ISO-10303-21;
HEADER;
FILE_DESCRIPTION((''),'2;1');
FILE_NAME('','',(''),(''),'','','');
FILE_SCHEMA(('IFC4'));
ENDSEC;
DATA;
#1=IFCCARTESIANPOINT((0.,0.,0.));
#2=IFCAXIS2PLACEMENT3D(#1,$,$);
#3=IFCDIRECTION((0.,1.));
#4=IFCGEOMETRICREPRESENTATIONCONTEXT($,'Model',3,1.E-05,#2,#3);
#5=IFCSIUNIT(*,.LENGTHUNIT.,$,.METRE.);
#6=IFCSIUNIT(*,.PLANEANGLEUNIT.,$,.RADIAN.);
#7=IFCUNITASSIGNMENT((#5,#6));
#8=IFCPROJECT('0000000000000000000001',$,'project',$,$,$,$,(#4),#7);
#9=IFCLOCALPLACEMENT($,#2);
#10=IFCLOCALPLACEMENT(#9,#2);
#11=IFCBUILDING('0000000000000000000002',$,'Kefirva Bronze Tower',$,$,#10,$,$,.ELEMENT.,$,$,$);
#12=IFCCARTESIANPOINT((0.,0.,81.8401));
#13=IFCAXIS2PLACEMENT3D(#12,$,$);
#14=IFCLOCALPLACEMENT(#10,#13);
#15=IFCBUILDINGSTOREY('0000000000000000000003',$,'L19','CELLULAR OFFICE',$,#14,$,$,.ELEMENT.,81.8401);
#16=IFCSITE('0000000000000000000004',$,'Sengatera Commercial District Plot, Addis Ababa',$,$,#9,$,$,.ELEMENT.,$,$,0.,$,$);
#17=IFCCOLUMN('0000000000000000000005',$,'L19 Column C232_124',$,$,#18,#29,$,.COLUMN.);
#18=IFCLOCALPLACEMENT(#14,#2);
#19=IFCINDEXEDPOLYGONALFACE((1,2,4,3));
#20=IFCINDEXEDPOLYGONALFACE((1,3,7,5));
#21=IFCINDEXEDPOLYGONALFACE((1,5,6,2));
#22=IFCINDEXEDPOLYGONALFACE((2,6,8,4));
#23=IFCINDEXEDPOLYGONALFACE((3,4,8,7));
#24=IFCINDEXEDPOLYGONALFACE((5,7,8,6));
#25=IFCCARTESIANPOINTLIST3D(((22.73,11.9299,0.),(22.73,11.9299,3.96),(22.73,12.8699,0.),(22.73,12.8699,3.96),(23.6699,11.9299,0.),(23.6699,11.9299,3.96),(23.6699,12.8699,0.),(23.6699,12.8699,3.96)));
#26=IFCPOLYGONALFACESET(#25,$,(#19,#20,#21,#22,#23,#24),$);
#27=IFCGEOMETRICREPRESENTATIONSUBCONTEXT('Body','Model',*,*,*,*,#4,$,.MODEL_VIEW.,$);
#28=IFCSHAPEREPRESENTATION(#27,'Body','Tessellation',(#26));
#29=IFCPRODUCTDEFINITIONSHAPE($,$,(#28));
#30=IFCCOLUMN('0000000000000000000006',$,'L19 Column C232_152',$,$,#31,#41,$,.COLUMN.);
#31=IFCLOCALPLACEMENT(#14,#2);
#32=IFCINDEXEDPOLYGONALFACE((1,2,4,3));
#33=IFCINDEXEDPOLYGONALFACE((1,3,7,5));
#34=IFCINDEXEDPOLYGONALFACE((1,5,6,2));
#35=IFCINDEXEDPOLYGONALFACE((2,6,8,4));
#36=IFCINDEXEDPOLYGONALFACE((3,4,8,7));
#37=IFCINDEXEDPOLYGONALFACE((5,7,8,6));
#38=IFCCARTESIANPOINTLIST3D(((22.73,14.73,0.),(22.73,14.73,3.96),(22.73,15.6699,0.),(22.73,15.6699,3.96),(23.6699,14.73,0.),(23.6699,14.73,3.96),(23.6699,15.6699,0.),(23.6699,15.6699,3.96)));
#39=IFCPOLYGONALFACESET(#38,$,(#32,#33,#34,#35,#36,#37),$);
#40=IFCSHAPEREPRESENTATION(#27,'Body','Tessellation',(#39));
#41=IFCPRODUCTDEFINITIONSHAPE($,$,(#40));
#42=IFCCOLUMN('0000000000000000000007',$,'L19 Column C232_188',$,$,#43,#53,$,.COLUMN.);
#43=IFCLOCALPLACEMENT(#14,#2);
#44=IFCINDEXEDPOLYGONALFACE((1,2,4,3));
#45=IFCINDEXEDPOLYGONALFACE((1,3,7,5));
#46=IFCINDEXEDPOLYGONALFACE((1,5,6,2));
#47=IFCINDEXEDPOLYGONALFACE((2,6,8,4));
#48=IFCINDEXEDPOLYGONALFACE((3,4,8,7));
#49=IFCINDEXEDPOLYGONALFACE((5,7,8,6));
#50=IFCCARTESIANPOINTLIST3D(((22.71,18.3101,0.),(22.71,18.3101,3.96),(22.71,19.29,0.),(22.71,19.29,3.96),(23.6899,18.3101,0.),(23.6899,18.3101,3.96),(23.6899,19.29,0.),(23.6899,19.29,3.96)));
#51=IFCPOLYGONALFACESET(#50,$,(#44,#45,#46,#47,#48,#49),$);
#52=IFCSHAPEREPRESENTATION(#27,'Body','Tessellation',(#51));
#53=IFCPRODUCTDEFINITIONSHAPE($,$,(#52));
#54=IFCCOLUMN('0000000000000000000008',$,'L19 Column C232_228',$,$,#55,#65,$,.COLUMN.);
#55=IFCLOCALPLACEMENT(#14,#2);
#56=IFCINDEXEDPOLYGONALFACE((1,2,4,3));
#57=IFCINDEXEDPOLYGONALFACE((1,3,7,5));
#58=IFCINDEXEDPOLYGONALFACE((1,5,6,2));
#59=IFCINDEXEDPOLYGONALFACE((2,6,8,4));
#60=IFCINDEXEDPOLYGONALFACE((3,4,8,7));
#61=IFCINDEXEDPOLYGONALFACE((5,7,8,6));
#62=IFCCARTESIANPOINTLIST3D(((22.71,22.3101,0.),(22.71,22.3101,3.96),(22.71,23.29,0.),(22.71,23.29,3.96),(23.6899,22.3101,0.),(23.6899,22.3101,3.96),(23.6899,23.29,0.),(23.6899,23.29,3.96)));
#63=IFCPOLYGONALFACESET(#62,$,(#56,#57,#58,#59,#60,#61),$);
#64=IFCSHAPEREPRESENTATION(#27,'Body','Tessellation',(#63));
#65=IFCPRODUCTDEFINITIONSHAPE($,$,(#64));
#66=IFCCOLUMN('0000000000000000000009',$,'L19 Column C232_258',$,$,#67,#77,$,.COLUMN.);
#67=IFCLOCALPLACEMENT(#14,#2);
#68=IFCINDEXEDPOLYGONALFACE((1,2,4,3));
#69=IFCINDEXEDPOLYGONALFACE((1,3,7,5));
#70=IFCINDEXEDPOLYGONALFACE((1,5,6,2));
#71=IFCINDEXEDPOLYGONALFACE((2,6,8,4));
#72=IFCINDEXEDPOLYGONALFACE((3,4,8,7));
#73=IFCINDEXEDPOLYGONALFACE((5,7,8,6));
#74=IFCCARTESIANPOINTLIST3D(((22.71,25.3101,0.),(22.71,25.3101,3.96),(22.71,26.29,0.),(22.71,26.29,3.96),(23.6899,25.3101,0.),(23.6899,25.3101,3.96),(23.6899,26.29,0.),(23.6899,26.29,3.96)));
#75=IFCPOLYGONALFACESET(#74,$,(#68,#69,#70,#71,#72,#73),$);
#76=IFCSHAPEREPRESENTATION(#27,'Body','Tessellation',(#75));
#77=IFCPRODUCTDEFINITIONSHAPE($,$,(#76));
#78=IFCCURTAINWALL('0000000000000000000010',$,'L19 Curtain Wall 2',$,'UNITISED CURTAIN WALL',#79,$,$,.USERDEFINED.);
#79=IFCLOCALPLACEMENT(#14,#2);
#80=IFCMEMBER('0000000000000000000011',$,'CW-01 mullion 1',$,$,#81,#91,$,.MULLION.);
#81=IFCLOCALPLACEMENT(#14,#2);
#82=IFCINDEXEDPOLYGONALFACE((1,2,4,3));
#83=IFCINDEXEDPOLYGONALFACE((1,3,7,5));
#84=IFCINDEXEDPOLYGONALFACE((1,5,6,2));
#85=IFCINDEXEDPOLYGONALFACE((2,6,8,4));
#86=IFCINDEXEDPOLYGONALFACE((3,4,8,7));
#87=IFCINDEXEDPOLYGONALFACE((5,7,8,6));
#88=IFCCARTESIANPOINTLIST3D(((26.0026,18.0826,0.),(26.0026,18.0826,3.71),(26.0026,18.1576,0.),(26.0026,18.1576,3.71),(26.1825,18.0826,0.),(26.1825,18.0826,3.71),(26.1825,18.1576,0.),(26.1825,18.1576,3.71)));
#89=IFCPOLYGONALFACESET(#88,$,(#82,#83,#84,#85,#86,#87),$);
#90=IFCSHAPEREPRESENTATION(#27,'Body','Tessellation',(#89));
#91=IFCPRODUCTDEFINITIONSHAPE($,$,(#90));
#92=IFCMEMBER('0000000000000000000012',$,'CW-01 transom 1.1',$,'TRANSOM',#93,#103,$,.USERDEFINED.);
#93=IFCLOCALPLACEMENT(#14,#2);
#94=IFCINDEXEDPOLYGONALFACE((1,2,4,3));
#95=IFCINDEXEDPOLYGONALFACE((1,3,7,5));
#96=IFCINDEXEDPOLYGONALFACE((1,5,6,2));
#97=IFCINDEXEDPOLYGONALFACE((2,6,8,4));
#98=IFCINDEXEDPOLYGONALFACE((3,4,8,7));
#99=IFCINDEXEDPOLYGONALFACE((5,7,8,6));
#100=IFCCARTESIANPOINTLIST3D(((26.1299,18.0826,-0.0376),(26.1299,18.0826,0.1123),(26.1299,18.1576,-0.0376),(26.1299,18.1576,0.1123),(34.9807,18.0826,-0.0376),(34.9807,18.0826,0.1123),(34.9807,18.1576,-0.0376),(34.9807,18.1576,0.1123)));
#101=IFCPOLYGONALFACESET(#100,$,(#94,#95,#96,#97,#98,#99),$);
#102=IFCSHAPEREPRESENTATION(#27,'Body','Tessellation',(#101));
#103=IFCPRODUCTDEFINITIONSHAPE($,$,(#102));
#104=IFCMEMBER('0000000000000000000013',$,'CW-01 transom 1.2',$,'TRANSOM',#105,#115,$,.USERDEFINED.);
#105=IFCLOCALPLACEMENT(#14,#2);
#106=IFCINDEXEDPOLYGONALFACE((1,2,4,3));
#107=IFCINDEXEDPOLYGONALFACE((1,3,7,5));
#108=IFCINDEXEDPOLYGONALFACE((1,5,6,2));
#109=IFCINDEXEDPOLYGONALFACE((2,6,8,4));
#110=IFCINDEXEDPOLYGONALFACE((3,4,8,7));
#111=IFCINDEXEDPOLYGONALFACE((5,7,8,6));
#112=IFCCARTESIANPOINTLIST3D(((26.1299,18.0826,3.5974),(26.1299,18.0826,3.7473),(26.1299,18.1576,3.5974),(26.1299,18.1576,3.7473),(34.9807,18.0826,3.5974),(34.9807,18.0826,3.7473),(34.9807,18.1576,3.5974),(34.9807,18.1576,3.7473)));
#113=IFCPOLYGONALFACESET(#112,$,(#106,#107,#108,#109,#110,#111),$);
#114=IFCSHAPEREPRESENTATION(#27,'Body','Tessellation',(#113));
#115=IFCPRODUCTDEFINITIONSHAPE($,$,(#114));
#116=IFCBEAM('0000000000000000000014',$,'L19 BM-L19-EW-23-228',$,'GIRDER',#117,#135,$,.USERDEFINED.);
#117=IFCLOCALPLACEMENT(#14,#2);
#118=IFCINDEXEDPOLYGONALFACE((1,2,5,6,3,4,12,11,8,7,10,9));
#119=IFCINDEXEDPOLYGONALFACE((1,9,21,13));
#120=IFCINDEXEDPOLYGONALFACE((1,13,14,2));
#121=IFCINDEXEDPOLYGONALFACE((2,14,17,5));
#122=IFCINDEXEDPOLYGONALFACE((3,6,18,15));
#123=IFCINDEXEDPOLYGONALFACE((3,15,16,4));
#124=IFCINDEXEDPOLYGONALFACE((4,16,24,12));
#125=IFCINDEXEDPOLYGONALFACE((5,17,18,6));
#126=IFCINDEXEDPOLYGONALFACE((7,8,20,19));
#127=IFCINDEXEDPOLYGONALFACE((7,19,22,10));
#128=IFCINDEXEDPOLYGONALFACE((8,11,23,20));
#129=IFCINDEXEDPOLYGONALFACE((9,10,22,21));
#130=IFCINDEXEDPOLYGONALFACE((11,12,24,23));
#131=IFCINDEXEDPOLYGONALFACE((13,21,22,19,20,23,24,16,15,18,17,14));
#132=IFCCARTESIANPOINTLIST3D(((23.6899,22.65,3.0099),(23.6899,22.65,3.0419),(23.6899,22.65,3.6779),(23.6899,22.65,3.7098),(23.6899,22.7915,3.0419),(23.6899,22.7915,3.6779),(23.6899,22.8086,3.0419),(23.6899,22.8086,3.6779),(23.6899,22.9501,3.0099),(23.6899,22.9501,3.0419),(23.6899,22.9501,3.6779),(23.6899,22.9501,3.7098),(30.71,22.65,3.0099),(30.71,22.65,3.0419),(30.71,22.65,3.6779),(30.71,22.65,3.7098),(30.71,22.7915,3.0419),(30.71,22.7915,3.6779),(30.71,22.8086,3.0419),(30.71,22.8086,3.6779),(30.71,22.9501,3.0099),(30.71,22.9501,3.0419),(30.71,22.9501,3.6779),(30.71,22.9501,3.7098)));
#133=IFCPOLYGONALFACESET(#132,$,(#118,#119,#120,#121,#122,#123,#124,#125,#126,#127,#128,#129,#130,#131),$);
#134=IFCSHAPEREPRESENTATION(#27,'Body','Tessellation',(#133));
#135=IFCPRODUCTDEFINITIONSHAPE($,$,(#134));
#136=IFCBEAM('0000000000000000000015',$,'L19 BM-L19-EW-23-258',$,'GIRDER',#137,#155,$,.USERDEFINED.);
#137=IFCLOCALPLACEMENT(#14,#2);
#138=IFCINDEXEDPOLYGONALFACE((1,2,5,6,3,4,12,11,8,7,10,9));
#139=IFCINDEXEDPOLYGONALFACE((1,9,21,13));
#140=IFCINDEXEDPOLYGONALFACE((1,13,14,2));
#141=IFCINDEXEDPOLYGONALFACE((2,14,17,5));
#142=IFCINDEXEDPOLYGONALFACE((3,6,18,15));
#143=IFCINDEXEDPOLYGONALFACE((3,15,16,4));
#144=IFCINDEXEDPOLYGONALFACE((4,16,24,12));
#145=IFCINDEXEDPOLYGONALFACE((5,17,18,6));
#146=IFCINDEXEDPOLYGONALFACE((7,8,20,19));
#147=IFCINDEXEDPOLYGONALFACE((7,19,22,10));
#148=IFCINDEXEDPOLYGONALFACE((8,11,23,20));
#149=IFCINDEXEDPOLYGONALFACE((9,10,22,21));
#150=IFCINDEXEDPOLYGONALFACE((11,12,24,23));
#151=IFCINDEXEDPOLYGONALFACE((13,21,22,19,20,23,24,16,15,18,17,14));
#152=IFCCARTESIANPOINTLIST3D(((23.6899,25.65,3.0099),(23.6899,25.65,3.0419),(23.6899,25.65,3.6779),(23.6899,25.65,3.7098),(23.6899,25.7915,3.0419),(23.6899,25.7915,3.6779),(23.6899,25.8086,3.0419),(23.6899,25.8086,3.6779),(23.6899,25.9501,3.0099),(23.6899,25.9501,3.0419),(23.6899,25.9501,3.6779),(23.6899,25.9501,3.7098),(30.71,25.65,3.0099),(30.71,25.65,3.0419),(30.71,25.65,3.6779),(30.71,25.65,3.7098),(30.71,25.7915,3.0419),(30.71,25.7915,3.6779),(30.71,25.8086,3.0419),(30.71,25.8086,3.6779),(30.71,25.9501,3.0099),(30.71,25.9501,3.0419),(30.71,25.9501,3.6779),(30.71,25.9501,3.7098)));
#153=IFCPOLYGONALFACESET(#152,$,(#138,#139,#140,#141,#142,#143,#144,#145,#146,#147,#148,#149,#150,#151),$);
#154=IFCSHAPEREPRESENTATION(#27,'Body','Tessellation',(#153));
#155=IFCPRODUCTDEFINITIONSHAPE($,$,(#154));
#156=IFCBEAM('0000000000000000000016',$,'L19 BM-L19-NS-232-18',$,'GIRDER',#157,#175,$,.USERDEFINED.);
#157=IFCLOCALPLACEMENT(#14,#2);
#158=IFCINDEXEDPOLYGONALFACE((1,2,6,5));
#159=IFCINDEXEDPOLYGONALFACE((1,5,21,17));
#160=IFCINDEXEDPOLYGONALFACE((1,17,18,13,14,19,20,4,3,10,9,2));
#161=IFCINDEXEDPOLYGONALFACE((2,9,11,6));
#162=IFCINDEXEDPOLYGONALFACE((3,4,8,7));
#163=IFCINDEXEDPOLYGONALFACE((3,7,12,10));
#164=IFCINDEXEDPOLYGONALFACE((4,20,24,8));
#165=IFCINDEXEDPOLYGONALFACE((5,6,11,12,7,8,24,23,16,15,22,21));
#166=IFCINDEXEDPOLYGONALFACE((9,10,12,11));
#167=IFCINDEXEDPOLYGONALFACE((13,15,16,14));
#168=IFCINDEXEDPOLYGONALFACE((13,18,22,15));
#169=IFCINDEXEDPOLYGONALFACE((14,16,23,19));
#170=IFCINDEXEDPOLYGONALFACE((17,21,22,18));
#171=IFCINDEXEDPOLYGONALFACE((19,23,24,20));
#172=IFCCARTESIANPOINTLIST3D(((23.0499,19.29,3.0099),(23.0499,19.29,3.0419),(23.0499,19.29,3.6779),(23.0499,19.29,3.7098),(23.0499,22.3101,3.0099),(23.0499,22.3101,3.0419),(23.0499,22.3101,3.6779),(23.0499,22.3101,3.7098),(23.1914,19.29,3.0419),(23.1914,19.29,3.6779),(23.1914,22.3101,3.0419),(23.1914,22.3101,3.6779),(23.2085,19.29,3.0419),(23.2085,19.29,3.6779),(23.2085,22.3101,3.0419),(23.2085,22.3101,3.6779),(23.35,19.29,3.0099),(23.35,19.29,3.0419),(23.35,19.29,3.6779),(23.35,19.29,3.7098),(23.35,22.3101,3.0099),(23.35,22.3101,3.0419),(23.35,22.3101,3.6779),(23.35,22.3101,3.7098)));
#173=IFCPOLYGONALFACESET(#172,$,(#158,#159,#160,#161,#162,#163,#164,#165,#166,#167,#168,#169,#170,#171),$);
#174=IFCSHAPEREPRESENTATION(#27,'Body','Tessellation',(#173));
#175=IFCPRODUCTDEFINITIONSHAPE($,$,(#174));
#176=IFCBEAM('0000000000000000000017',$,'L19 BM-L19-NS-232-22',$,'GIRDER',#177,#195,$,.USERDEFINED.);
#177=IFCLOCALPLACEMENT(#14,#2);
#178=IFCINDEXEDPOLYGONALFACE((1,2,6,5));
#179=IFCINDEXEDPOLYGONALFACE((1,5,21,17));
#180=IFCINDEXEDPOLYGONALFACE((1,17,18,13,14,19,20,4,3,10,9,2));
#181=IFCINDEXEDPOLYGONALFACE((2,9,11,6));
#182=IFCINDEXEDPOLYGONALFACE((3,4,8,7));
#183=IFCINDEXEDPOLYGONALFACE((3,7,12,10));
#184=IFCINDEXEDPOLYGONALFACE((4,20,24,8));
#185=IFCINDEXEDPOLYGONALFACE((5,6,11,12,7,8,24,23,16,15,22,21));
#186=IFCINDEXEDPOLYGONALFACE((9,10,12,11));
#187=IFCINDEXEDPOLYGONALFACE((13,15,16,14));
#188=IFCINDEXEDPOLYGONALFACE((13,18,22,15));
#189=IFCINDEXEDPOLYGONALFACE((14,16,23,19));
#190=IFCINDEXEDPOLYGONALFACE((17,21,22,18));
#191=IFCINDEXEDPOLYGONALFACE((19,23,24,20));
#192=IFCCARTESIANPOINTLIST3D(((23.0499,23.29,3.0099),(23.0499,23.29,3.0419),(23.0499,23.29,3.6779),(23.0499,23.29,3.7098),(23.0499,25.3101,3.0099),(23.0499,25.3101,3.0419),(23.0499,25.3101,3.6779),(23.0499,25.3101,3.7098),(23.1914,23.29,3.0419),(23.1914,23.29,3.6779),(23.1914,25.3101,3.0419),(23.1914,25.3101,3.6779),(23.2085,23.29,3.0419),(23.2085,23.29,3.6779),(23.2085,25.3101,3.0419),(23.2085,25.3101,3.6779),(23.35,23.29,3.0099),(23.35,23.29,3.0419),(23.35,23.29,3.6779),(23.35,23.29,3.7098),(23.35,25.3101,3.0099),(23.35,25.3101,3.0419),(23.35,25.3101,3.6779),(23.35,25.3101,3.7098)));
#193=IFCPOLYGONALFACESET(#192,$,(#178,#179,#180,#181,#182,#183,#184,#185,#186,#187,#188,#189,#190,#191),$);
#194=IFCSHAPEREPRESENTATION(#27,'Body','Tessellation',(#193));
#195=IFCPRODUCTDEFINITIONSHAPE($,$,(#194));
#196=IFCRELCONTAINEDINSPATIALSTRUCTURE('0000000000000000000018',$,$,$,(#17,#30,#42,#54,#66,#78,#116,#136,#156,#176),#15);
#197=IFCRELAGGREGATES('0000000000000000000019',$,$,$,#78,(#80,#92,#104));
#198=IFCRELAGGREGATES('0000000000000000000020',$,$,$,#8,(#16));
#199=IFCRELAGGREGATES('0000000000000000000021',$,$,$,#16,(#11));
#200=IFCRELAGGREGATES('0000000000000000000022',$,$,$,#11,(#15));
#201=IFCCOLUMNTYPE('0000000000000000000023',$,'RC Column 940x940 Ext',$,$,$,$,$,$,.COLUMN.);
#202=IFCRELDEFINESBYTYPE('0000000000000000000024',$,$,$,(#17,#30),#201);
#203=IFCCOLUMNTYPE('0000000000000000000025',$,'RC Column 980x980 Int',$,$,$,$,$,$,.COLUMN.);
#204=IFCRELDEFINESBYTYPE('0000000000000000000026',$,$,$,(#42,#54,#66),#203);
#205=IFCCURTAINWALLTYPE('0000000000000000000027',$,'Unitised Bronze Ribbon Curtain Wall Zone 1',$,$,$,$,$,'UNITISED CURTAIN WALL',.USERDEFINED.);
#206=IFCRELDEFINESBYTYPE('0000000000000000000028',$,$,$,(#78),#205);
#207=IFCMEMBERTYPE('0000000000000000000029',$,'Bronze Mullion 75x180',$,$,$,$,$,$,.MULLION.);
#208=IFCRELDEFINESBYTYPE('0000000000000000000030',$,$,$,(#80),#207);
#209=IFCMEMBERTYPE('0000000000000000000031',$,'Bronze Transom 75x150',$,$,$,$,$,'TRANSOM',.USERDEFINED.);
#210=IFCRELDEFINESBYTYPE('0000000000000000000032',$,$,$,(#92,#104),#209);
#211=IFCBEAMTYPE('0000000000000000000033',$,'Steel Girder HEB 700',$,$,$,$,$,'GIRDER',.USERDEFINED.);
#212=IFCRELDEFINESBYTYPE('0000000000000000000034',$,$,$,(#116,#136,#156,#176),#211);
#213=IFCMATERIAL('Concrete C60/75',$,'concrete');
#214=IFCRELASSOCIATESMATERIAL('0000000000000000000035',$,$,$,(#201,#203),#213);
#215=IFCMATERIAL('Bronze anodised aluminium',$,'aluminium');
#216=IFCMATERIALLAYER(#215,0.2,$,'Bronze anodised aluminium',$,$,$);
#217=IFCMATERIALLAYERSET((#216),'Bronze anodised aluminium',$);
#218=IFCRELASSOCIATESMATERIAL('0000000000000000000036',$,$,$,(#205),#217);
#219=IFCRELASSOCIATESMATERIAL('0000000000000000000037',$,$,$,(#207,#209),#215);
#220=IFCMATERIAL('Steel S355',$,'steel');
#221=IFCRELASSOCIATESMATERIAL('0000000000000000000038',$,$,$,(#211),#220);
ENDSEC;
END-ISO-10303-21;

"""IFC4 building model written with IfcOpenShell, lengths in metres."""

from ifc_helpers import new_model, si_unit, direction, frame, origin, origin_2d, place, context, subcontext, project, spatial, rectangle, i_section, extrude, material, layer, layer_set, material_profile, profile_set, type_object, element, aggregate, save


model = new_model("IFC4")

# Units and contexts
model_context = context("Model", 3, precision=1e-05, world=origin(), true_north=direction((0.0, 1.0)))
body_context = subcontext(model_context, "Body", "Model", "MODEL_VIEW")
ifc_project = project(units=[si_unit("LENGTHUNIT", "METRE"), si_unit("PLANEANGLEUNIT", "RADIAN")], contexts=[model_context])

# Site, building, storey
site_placement = place(None, origin())
site = spatial("IfcSite", under=ifc_project, at=site_placement, Name="Sengatera Commercial District Plot, Addis Ababa", CompositionType="ELEMENT", RefElevation=0.0)
building_placement = place(site_placement, origin())
building = spatial("IfcBuilding", under=site, at=building_placement, Name="Kefirva Bronze Tower", CompositionType="ELEMENT")
storey_placement = place(building_placement, frame((0.0, 0.0, 81.8401)))
storey = spatial("IfcBuildingStorey", under=building, at=storey_placement, Name="L19", Description="CELLULAR OFFICE", CompositionType="ELEMENT", Elevation=81.8401)

# Columns
ifc_material_1 = material(Name="Concrete C60/75", Category="concrete")
ifc_material_profile_1 = material_profile(ifc_material_1, rectangle(XDim=0.9399, YDim=0.9399, at=origin_2d()), Name="RC 940x940")
ifc_profile_set_1 = profile_set([ifc_material_profile_1], Name="Concrete C60/75")
column_type_1 = type_object("IfcColumnType", Name="RC Column 940x940 Ext", PredefinedType="COLUMN", material=ifc_profile_set_1)
for number, where, z_axis, x_axis, name in (
    (1, (23.2, 12.3999, 0.0), (0.0, 0.0, 1.0), (1.0, 0.0, 0.0), "L19 Column C232_124"),
    (2, (23.2, 15.2, 0.0), (0.0, 0.0, 1.0), (1.0, 0.0, 0.0), "L19 Column C232_152"),
):
    element("IfcColumn", number, at=place(storey_placement, frame(where, z_axis=z_axis, x_axis=x_axis)), inside=storey, type_object=column_type_1, Name=name, PredefinedType="COLUMN", context=body_context, shape_type="SweptSolid", body=[
        extrude(rectangle(XDim=0.9399, YDim=0.9399, at=origin_2d()), origin(), (0.0, 0.0, 1.0), 3.96),
    ])
ifc_material_profile_2 = material_profile(ifc_material_1, rectangle(XDim=0.98, YDim=0.98, at=origin_2d()), Name="RC 980x980")
ifc_profile_set_2 = profile_set([ifc_material_profile_2], Name="Concrete C60/75")
column_type_2 = type_object("IfcColumnType", Name="RC Column 980x980 Int", PredefinedType="COLUMN", material=ifc_profile_set_2)
for number, where, z_axis, x_axis, name in (
    (3, (23.2, 18.8, 0.0), (0.0, 0.0, 1.0), (1.0, 0.0, 0.0), "L19 Column C232_188"),
    (4, (23.2, 22.8, 0.0), (0.0, 0.0, 1.0), (1.0, 0.0, 0.0), "L19 Column C232_228"),
    (5, (23.2, 25.8, 0.0), (0.0, 0.0, 1.0), (1.0, 0.0, 0.0), "L19 Column C232_258"),
):
    element("IfcColumn", number, at=place(storey_placement, frame(where, z_axis=z_axis, x_axis=x_axis)), inside=storey, type_object=column_type_2, Name=name, PredefinedType="COLUMN", context=body_context, shape_type="SweptSolid", body=[
        extrude(rectangle(XDim=0.98, YDim=0.98, at=origin_2d()), origin(), (0.0, 0.0, 1.0), 3.96),
    ])

# Curtain wall, members
ifc_material_2 = material(Name="Bronze anodised aluminium", Category="aluminium")
ifc_layer_1 = layer(ifc_material_2, 0.2, Name="Bronze anodised aluminium")
ifc_layer_set_1 = layer_set([ifc_layer_1], Name="Bronze anodised aluminium")
curtain_wall_type = type_object("IfcCurtainWallType", Name="Unitised Bronze Ribbon Curtain Wall Zone 1", ElementType="UNITISED CURTAIN WALL", PredefinedType="USERDEFINED", material=ifc_layer_set_1)
curtain_wall_placement = place(storey_placement, origin())
curtain_wall = element("IfcCurtainWall", 6, at=curtain_wall_placement, inside=storey, type_object=curtain_wall_type, Name="L19 Curtain Wall 2", ObjectType="UNITISED CURTAIN WALL", PredefinedType="USERDEFINED")
ifc_material_profile_3 = material_profile(ifc_material_2, rectangle(XDim=0.075, YDim=0.1799, at=origin_2d()), Name="ALU 75x180")
ifc_profile_set_3 = profile_set([ifc_material_profile_3], Name="Bronze anodised aluminium")
member_type_1 = type_object("IfcMemberType", Name="Bronze Mullion 75x180", PredefinedType="MULLION", material=ifc_profile_set_3)
member_1_placement = place(storey_placement, frame((26.0925, 18.1201, 0.0), z_axis=(0.0, 0.0, 1.0), x_axis=(0.0, 1.0, 0.0)))
member_1 = element("IfcMember", 7, at=member_1_placement, type_object=member_type_1, Name="CW-01 mullion 1", PredefinedType="MULLION", context=body_context, shape_type="SweptSolid", body=[
    extrude(rectangle(XDim=0.075, YDim=0.1799, at=origin_2d()), origin(), (0.0, 0.0, 1.0), 3.71),
])
ifc_material_profile_4 = material_profile(ifc_material_2, rectangle(XDim=0.075, YDim=0.1499, at=origin_2d()), Name="ALU 75x150")
ifc_profile_set_4 = profile_set([ifc_material_profile_4], Name="Bronze anodised aluminium")
member_type_2 = type_object("IfcMemberType", Name="Bronze Transom 75x150", ElementType="TRANSOM", PredefinedType="USERDEFINED", material=ifc_profile_set_4)
member_2_placement = place(storey_placement, frame((26.1299, 18.1201, 0.0374), z_axis=(1.0, 0.0, 0.0), x_axis=(0.0, 1.0, 0.0)))
member_2 = element("IfcMember", 8, at=member_2_placement, type_object=member_type_2, Name="CW-01 transom 1.1", ObjectType="TRANSOM", PredefinedType="USERDEFINED", context=body_context, shape_type="SweptSolid", body=[
    extrude(rectangle(XDim=0.075, YDim=0.1499, at=origin_2d()), origin(), (0.0, 0.0, 1.0), 8.8508),
])
member_3_placement = place(storey_placement, frame((26.1299, 18.1201, 3.6724), z_axis=(1.0, 0.0, 0.0), x_axis=(0.0, 1.0, 0.0)))
member_3 = element("IfcMember", 9, at=member_3_placement, type_object=member_type_2, Name="CW-01 transom 1.2", ObjectType="TRANSOM", PredefinedType="USERDEFINED", context=body_context, shape_type="SweptSolid", body=[
    extrude(rectangle(XDim=0.075, YDim=0.1499, at=origin_2d()), origin(), (0.0, 0.0, 1.0), 8.8508),
])

# Beams
ifc_material_3 = material(Name="Steel S355", Category="steel")
ifc_material_profile_5 = material_profile(ifc_material_3, i_section(OverallWidth=0.3, OverallDepth=0.7, WebThickness=0.0171, FlangeThickness=0.032, at=origin_2d()), Name="HEB 700")
ifc_profile_set_5 = profile_set([ifc_material_profile_5], Name="Steel S355")
beam_type_1 = type_object("IfcBeamType", Name="Steel Girder HEB 700", ElementType="GIRDER", PredefinedType="USERDEFINED", material=ifc_profile_set_5)
for number, where, z_axis, x_axis, name in (
    (10, (23.6899, 22.8, 3.3599), (1.0, 0.0, 0.0), (0.0, 1.0, 0.0), "L19 BM-L19-EW-23-228"),
    (11, (23.6899, 25.8, 3.3599), (1.0, 0.0, 0.0), (0.0, 1.0, 0.0), "L19 BM-L19-EW-23-258"),
):
    element("IfcBeam", number, at=place(storey_placement, frame(where, z_axis=z_axis, x_axis=x_axis)), inside=storey, type_object=beam_type_1, Name=name, ObjectType="GIRDER", PredefinedType="USERDEFINED", context=body_context, shape_type="SweptSolid", body=[
        extrude(i_section(OverallWidth=0.3, OverallDepth=0.7, WebThickness=0.0171, FlangeThickness=0.032, at=origin_2d()), origin(), (0.0, 0.0, 1.0), 7.02),
    ])
beam_1_placement = place(storey_placement, frame((23.2, 19.29, 3.3599), z_axis=(0.0, 1.0, 0.0), x_axis=(-1.0, 0.0, 0.0)))
element("IfcBeam", 12, at=beam_1_placement, inside=storey, type_object=beam_type_1, Name="L19 BM-L19-NS-232-18", ObjectType="GIRDER", PredefinedType="USERDEFINED", context=body_context, shape_type="SweptSolid", body=[
    extrude(i_section(OverallWidth=0.3, OverallDepth=0.7, WebThickness=0.0171, FlangeThickness=0.032, at=origin_2d()), origin(), (0.0, 0.0, 1.0), 3.02),
])
beam_2_placement = place(storey_placement, frame((23.2, 23.29, 3.3599), z_axis=(0.0, 1.0, 0.0), x_axis=(-1.0, 0.0, 0.0)))
element("IfcBeam", 13, at=beam_2_placement, inside=storey, type_object=beam_type_1, Name="L19 BM-L19-NS-232-22", ObjectType="GIRDER", PredefinedType="USERDEFINED", context=body_context, shape_type="SweptSolid", body=[
    extrude(i_section(OverallWidth=0.3, OverallDepth=0.7, WebThickness=0.0171, FlangeThickness=0.032, at=origin_2d()), origin(), (0.0, 0.0, 1.0), 2.02),
])

aggregate(curtain_wall, [member_1, member_2, member_3])

save(model, "model.ifc")
